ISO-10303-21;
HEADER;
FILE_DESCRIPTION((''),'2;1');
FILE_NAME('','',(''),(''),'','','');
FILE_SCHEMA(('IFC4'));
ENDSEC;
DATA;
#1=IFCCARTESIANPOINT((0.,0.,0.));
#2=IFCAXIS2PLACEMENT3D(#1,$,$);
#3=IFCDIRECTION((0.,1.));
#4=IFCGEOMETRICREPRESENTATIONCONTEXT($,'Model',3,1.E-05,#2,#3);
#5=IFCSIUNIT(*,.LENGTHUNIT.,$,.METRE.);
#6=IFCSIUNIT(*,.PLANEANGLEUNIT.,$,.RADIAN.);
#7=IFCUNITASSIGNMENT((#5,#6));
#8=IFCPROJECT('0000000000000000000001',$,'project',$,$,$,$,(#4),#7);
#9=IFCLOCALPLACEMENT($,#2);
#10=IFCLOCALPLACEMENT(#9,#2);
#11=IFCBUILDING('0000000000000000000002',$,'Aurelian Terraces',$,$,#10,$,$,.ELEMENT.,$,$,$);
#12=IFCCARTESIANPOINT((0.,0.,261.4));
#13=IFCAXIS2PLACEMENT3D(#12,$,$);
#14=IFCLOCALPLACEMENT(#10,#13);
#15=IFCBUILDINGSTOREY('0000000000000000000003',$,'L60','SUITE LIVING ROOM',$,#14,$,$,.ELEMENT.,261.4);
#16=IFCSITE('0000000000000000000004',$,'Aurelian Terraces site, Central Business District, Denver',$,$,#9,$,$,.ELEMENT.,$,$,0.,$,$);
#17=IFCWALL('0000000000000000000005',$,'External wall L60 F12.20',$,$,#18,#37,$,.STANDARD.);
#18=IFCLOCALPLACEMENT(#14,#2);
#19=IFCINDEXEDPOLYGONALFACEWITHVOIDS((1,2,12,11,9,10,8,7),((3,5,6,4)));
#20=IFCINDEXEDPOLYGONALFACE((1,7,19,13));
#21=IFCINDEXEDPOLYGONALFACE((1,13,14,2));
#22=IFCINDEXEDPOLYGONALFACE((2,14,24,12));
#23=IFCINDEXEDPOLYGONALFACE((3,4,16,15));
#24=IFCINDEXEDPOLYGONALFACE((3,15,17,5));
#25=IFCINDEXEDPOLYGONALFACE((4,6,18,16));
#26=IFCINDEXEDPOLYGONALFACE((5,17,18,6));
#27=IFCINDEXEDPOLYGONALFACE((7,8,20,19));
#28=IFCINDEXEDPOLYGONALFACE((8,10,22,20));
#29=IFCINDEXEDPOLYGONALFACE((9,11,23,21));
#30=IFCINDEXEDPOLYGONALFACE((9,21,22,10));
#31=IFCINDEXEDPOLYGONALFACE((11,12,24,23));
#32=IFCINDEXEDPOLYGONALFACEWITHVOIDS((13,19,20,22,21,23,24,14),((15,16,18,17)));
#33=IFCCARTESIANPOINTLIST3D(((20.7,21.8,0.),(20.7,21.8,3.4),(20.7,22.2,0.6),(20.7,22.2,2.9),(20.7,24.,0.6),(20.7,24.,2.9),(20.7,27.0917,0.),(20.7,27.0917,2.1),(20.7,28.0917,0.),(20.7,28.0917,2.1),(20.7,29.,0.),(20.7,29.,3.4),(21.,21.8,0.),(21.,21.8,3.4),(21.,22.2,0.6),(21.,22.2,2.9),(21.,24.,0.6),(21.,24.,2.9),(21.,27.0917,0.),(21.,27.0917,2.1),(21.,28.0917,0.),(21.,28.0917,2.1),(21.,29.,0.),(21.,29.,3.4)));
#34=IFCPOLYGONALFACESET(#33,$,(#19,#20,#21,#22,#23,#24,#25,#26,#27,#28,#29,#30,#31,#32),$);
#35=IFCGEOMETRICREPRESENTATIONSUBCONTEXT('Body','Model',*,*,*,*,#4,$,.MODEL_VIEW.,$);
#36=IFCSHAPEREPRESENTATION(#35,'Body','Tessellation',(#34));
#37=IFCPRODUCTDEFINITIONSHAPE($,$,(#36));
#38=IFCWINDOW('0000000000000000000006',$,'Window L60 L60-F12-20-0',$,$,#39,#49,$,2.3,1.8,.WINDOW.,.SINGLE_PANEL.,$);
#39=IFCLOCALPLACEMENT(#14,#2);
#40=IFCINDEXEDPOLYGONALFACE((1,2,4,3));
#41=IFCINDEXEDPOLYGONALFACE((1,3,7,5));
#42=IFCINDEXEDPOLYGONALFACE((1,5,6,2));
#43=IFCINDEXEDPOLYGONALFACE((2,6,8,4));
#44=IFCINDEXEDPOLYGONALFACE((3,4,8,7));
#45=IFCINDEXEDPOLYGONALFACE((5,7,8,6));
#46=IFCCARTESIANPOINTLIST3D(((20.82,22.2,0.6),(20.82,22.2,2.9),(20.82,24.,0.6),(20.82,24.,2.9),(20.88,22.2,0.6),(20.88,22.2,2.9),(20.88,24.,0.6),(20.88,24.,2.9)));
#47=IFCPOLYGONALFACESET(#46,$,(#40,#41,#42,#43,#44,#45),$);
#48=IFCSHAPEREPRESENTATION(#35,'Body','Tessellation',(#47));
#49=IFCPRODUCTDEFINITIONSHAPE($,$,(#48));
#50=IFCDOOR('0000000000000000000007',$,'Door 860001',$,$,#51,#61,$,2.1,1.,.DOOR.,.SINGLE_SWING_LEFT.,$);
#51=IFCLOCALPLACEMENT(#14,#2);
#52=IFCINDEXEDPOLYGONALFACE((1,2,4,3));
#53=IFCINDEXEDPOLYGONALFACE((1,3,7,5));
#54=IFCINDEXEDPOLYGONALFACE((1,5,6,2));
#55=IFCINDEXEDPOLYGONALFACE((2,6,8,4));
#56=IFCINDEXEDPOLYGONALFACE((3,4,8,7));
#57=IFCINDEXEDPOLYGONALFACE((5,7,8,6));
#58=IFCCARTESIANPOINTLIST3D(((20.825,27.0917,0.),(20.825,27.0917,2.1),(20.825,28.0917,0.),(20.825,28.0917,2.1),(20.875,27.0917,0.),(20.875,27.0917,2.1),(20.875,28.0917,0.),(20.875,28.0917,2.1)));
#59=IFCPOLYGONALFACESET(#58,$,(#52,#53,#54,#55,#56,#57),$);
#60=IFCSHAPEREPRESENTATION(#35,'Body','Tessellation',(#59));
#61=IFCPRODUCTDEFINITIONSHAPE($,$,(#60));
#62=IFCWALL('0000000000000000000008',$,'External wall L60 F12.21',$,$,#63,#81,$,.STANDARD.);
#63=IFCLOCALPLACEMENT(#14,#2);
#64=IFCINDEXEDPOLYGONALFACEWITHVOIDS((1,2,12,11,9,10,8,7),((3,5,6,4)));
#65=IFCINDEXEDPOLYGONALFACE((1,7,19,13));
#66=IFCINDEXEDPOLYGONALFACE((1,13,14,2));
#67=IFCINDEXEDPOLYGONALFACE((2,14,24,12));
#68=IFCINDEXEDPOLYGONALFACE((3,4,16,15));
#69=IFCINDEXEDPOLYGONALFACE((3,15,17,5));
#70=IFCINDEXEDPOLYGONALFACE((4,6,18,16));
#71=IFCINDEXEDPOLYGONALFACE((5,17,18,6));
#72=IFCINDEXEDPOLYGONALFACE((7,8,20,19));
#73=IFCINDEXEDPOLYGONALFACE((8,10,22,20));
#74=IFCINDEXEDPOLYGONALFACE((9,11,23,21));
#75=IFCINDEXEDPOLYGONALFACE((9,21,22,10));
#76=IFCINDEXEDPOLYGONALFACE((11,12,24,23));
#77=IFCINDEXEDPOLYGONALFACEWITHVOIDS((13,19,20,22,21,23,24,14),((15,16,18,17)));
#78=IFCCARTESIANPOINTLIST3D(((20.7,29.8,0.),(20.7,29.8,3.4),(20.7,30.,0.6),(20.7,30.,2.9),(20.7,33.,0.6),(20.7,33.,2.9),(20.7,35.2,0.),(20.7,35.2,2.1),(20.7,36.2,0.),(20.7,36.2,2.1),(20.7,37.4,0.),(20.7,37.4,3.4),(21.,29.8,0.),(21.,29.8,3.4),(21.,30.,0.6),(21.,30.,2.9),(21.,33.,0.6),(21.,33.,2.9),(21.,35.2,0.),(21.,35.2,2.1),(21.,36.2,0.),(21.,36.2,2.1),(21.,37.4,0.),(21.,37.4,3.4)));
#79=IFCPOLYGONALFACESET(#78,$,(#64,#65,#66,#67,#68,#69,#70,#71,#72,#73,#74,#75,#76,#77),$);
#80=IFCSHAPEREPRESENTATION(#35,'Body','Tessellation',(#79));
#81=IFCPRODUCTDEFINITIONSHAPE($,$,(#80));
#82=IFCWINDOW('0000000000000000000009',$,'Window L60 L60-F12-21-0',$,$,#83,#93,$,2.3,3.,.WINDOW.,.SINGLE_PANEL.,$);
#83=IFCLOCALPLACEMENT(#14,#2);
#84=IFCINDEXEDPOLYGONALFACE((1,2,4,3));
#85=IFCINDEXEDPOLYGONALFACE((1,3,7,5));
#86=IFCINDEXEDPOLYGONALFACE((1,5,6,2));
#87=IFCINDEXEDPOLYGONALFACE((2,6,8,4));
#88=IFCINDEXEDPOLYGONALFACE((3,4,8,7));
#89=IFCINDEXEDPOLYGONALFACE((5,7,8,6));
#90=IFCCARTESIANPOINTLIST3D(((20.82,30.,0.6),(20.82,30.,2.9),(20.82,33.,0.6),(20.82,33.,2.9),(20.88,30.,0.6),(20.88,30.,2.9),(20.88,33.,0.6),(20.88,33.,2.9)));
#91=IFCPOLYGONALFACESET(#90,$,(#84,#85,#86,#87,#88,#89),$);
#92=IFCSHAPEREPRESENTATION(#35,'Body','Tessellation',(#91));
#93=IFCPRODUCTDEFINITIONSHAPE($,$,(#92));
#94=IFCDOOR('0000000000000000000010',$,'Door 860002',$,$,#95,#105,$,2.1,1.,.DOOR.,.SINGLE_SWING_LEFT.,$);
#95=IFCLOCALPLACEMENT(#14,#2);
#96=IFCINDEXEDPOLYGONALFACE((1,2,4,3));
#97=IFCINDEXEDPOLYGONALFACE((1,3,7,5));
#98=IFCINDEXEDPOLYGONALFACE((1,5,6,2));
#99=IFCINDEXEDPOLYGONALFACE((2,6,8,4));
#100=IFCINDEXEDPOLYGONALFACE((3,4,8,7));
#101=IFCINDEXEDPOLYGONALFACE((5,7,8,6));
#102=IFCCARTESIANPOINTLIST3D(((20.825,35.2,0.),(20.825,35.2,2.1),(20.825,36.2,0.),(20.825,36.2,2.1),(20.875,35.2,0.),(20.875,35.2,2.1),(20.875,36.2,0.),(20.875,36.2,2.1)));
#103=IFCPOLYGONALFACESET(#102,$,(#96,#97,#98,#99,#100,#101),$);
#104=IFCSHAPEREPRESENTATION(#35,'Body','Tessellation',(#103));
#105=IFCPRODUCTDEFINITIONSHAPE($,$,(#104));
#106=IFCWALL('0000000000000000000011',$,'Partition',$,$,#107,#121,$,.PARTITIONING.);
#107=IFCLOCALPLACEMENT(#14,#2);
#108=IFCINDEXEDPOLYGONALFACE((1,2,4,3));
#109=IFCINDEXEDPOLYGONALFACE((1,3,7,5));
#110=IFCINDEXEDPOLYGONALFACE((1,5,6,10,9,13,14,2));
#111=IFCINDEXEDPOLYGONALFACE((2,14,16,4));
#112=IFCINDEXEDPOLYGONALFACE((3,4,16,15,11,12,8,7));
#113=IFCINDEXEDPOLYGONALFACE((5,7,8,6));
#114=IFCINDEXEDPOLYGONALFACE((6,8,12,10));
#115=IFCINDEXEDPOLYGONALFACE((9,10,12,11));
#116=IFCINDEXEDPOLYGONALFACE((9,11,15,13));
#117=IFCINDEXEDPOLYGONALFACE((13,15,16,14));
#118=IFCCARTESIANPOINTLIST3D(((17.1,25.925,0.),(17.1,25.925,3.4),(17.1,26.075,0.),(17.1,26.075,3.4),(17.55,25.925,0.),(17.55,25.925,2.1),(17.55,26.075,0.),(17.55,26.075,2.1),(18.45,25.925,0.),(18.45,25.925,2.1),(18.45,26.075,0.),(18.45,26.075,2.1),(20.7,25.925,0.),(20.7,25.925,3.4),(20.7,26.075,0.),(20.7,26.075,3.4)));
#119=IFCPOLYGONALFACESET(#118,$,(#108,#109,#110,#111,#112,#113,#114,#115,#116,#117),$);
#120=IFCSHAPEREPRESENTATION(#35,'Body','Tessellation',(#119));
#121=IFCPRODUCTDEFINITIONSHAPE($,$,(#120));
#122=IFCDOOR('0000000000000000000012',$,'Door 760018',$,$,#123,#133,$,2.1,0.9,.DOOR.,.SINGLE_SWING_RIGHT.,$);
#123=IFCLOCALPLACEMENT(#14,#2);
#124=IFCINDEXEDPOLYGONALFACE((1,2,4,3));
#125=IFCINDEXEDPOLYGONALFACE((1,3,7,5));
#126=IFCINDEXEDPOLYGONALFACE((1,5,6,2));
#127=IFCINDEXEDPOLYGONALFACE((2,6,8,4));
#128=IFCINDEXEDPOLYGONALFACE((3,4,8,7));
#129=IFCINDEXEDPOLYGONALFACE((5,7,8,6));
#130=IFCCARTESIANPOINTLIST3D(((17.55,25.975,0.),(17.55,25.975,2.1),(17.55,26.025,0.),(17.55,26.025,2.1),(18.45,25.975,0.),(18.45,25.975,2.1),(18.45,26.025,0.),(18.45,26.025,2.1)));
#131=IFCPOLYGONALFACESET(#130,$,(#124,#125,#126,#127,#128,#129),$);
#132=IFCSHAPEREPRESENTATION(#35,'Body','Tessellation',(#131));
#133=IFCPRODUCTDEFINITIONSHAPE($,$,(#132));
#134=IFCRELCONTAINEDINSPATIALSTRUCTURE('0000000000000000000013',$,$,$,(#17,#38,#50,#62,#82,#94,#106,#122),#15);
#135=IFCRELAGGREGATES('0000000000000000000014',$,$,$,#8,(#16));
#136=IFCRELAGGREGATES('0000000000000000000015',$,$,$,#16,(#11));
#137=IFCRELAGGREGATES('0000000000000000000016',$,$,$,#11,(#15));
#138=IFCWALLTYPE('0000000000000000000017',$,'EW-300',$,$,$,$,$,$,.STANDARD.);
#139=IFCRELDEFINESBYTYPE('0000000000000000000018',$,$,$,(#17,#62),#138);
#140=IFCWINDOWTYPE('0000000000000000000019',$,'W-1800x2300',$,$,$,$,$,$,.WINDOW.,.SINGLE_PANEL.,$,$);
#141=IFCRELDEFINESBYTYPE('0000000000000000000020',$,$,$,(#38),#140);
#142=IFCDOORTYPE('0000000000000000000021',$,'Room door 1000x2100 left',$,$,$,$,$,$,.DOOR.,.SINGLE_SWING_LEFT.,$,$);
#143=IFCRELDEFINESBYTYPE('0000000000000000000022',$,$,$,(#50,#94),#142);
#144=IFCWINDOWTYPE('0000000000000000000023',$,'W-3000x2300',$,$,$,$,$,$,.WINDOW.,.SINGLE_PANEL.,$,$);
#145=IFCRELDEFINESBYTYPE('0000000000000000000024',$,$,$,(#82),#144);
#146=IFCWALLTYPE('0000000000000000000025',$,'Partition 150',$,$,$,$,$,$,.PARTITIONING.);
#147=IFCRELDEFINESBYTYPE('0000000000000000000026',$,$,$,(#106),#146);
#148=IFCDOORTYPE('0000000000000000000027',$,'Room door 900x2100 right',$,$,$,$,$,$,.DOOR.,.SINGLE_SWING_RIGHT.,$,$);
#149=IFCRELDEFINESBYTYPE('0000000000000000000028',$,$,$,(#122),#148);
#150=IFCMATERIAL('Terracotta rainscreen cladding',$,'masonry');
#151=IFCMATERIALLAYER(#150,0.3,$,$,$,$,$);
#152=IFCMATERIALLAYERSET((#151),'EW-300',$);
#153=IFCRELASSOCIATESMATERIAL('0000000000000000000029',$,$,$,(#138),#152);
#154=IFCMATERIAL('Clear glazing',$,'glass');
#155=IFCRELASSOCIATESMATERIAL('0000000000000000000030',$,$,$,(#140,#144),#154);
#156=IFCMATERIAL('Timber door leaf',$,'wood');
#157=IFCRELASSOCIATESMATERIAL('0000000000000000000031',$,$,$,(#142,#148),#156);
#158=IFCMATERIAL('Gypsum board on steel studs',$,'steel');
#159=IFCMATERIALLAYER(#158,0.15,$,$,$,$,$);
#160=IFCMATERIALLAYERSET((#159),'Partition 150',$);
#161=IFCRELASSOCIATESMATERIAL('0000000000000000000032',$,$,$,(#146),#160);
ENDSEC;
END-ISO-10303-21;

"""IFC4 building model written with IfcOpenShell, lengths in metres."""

from ifc_helpers import new_model, si_unit, direction, frame, frame_2d, origin, place, context, subcontext, project, spatial, rectangle, extrude, source, transform, mapped, material, layer, layer_set, type_object, element, fill, save


model = new_model("IFC4")

# Units and contexts
model_context = context("Model", 3, precision=1e-05, world=origin(), true_north=direction((0.0, 1.0)))
body_context = subcontext(model_context, "Body", "Model", "MODEL_VIEW")
ifc_project = project(units=[si_unit("LENGTHUNIT", "METRE"), si_unit("PLANEANGLEUNIT", "RADIAN")], contexts=[model_context])

# Site, building, storey
site_placement = place(None, origin())
site = spatial("IfcSite", under=ifc_project, at=site_placement, Name="Aurelian Terraces site, Central Business District, Denver", CompositionType="ELEMENT", RefElevation=0.0)
building_placement = place(site_placement, origin())
building = spatial("IfcBuilding", under=site, at=building_placement, Name="Aurelian Terraces", CompositionType="ELEMENT")
storey_placement = place(building_placement, frame((0.0, 0.0, 261.4)))
storey = spatial("IfcBuildingStorey", under=building, at=storey_placement, Name="L60", Description="SUITE LIVING ROOM", CompositionType="ELEMENT", Elevation=261.4)

# Shared definitions
ifc_material_1 = material(Name="Clear glazing", Category="glass")

# Walls, openings, windows, doors
ifc_material_2 = material(Name="Terracotta rainscreen cladding", Category="masonry")
ifc_layer_1 = layer(ifc_material_2, 0.3)
ifc_layer_set_1 = layer_set([ifc_layer_1], Name="EW-300")
wall_type_1 = type_object("IfcWallType", Name="EW-300", PredefinedType="STANDARD", material=ifc_layer_set_1)
shared_shape_1 = source(origin(), body_context, "Body", "SweptSolid", [
    extrude(rectangle(XDim=7.2, YDim=0.3, at=frame_2d((3.6, 0.0))), origin(), (0.0, 0.0, 1.0), 3.4),
])
wall_1_placement = place(storey_placement, frame((20.85, 21.8, 0.0), z_axis=(0.0, 0.0, 1.0), x_axis=(0.0, 1.0, 0.0)))
wall_1 = element("IfcWall", 1, at=wall_1_placement, inside=storey, type_object=wall_type_1, Name="External wall L60 F12.20", PredefinedType="STANDARD", context=body_context, shape_type="MappedRepresentation", body=[
    mapped(shared_shape_1, transform((0.0, 0.0, 0.0), scale=1.0)),
])
shared_shape_2 = source(origin(), body_context, "Body", "SweptSolid", [
    extrude(rectangle(XDim=1.8, YDim=2.3, at=frame_2d((0.9, 1.15))), frame((0.0, 0.16, 0.0), z_axis=(0.0, -1.0, 0.0), x_axis=(1.0, 0.0, 0.0)), (0.0, 0.0, 1.0), 0.32),
])
opening_1_placement = place(wall_1_placement, frame((0.4, 0.0, 0.6)))
opening_1 = element("IfcOpeningElement", 2, at=opening_1_placement, cuts=wall_1, PredefinedType="OPENING", context=body_context, shape_type="MappedRepresentation", body=[
    mapped(shared_shape_2, transform((0.0, 0.0, 0.0), scale=1.0)),
])
shared_shape_3 = source(origin(), body_context, "Body", "SweptSolid", [
    extrude(rectangle(XDim=1.0, YDim=2.1, at=frame_2d((0.5, 1.05))), frame((0.0, 0.16, 0.0), z_axis=(0.0, -1.0, 0.0), x_axis=(1.0, 0.0, 0.0)), (0.0, 0.0, 1.0), 0.32),
])
opening_2_placement = place(wall_1_placement, frame((5.2917, 0.0, 0.0)))
opening_2 = element("IfcOpeningElement", 3, at=opening_2_placement, cuts=wall_1, PredefinedType="OPENING", context=body_context, shape_type="MappedRepresentation", body=[
    mapped(shared_shape_3, transform((0.0, 0.0, 0.0), scale=1.0)),
])
window_type_1 = type_object("IfcWindowType", Name="W-1800x2300", PartitioningType="SINGLE_PANEL", PredefinedType="WINDOW", material=ifc_material_1)
shared_shape_4 = source(origin(), body_context, "Body", "SweptSolid", [
    extrude(rectangle(XDim=1.8, YDim=2.3, at=frame_2d((0.9, 1.15))), frame((0.0, 0.03, 0.0), z_axis=(0.0, -1.0, 0.0), x_axis=(1.0, 0.0, 0.0)), (0.0, 0.0, 1.0), 0.06),
])
window_1_placement = place(opening_1_placement, origin())
window_1 = element("IfcWindow", 4, at=window_1_placement, inside=storey, type_object=window_type_1, Name="Window L60 L60-F12-20-0", OverallHeight=2.3, OverallWidth=1.8, PartitioningType="SINGLE_PANEL", PredefinedType="WINDOW", context=body_context, shape_type="MappedRepresentation", body=[
    mapped(shared_shape_4, transform((0.0, 0.0, 0.0), scale=1.0)),
])
fill(opening_1, window_1)
ifc_material_3 = material(Name="Timber door leaf", Category="wood")
door_type_1 = type_object("IfcDoorType", Name="Room door 1000x2100 left", OperationType="SINGLE_SWING_LEFT", PredefinedType="DOOR", material=ifc_material_3)
shared_shape_5 = source(origin(), body_context, "Body", "SweptSolid", [
    extrude(rectangle(XDim=1.0, YDim=2.1, at=frame_2d((0.5, 1.05))), frame((0.0, 0.025, 0.0), z_axis=(0.0, -1.0, 0.0), x_axis=(1.0, 0.0, 0.0)), (0.0, 0.0, 1.0), 0.05),
])
door_1_placement = place(opening_2_placement, origin())
door_1 = element("IfcDoor", 5, at=door_1_placement, inside=storey, type_object=door_type_1, Name="Door 860001", OperationType="SINGLE_SWING_LEFT", OverallHeight=2.1, OverallWidth=1.0, PredefinedType="DOOR", context=body_context, shape_type="MappedRepresentation", body=[
    mapped(shared_shape_5, transform((0.0, 0.0, 0.0), scale=1.0)),
])
fill(opening_2, door_1)
shared_shape_6 = source(origin(), body_context, "Body", "SweptSolid", [
    extrude(rectangle(XDim=7.6, YDim=0.3, at=frame_2d((3.8, 0.0))), origin(), (0.0, 0.0, 1.0), 3.4),
])
wall_2_placement = place(storey_placement, frame((20.85, 29.8, 0.0), z_axis=(0.0, 0.0, 1.0), x_axis=(0.0, 1.0, 0.0)))
wall_2 = element("IfcWall", 6, at=wall_2_placement, inside=storey, type_object=wall_type_1, Name="External wall L60 F12.21", PredefinedType="STANDARD", context=body_context, shape_type="MappedRepresentation", body=[
    mapped(shared_shape_6, transform((0.0, 0.0, 0.0), scale=1.0)),
])
shared_shape_7 = source(origin(), body_context, "Body", "SweptSolid", [
    extrude(rectangle(XDim=3.0, YDim=2.3, at=frame_2d((1.5, 1.15))), frame((0.0, 0.16, 0.0), z_axis=(0.0, -1.0, 0.0), x_axis=(1.0, 0.0, 0.0)), (0.0, 0.0, 1.0), 0.32),
])
opening_3_placement = place(wall_2_placement, frame((0.2, 0.0, 0.6)))
opening_3 = element("IfcOpeningElement", 7, at=opening_3_placement, cuts=wall_2, PredefinedType="OPENING", context=body_context, shape_type="MappedRepresentation", body=[
    mapped(shared_shape_7, transform((0.0, 0.0, 0.0), scale=1.0)),
])
opening_4_placement = place(wall_2_placement, frame((5.4, 0.0, 0.0)))
opening_4 = element("IfcOpeningElement", 8, at=opening_4_placement, cuts=wall_2, PredefinedType="OPENING", context=body_context, shape_type="MappedRepresentation", body=[
    mapped(shared_shape_3, transform((0.0, 0.0, 0.0), scale=1.0)),
])
window_type_2 = type_object("IfcWindowType", Name="W-3000x2300", PartitioningType="SINGLE_PANEL", PredefinedType="WINDOW", material=ifc_material_1)
shared_shape_8 = source(origin(), body_context, "Body", "SweptSolid", [
    extrude(rectangle(XDim=3.0, YDim=2.3, at=frame_2d((1.5, 1.15))), frame((0.0, 0.03, 0.0), z_axis=(0.0, -1.0, 0.0), x_axis=(1.0, 0.0, 0.0)), (0.0, 0.0, 1.0), 0.06),
])
window_2_placement = place(opening_3_placement, origin())
window_2 = element("IfcWindow", 9, at=window_2_placement, inside=storey, type_object=window_type_2, Name="Window L60 L60-F12-21-0", OverallHeight=2.3, OverallWidth=3.0, PartitioningType="SINGLE_PANEL", PredefinedType="WINDOW", context=body_context, shape_type="MappedRepresentation", body=[
    mapped(shared_shape_8, transform((0.0, 0.0, 0.0), scale=1.0)),
])
fill(opening_3, window_2)
door_2_placement = place(opening_4_placement, origin())
door_2 = element("IfcDoor", 10, at=door_2_placement, inside=storey, type_object=door_type_1, Name="Door 860002", OperationType="SINGLE_SWING_LEFT", OverallHeight=2.1, OverallWidth=1.0, PredefinedType="DOOR", context=body_context, shape_type="MappedRepresentation", body=[
    mapped(shared_shape_5, transform((0.0, 0.0, 0.0), scale=1.0)),
])
fill(opening_4, door_2)

# Wall, opening, door
ifc_material_4 = material(Name="Gypsum board on steel studs", Category="steel")
ifc_layer_2 = layer(ifc_material_4, 0.15)
ifc_layer_set_2 = layer_set([ifc_layer_2], Name="Partition 150")
wall_type_2 = type_object("IfcWallType", Name="Partition 150", PredefinedType="PARTITIONING", material=ifc_layer_set_2)
shared_shape_9 = source(origin(), body_context, "Body", "SweptSolid", [
    extrude(rectangle(XDim=3.6, YDim=0.15, at=frame_2d((1.8, 0.0))), origin(), (0.0, 0.0, 1.0), 3.4),
])
wall_3_placement = place(storey_placement, frame((17.1, 26.0, 0.0), z_axis=(0.0, 0.0, 1.0), x_axis=(1.0, 0.0, 0.0)))
wall_3 = element("IfcWall", 11, at=wall_3_placement, inside=storey, type_object=wall_type_2, Name="Partition", PredefinedType="PARTITIONING", context=body_context, shape_type="MappedRepresentation", body=[
    mapped(shared_shape_9, transform((0.0, 0.0, 0.0), scale=1.0)),
])
shared_shape_10 = source(origin(), body_context, "Body", "SweptSolid", [
    extrude(rectangle(XDim=0.9, YDim=2.1, at=frame_2d((0.45, 1.05))), frame((0.0, 0.085, 0.0), z_axis=(0.0, -1.0, 0.0), x_axis=(1.0, 0.0, 0.0)), (0.0, 0.0, 1.0), 0.17),
])
opening_5_placement = place(wall_3_placement, frame((0.45, 0.0, 0.0)))
opening_5 = element("IfcOpeningElement", 12, at=opening_5_placement, cuts=wall_3, PredefinedType="OPENING", context=body_context, shape_type="MappedRepresentation", body=[
    mapped(shared_shape_10, transform((0.0, 0.0, 0.0), scale=1.0)),
])
door_type_2 = type_object("IfcDoorType", Name="Room door 900x2100 right", OperationType="SINGLE_SWING_RIGHT", PredefinedType="DOOR", material=ifc_material_3)
shared_shape_11 = source(origin(), body_context, "Body", "SweptSolid", [
    extrude(rectangle(XDim=0.9, YDim=2.1, at=frame_2d((0.45, 1.05))), frame((0.0, 0.025, 0.0), z_axis=(0.0, -1.0, 0.0), x_axis=(1.0, 0.0, 0.0)), (0.0, 0.0, 1.0), 0.05),
])
door_3_placement = place(opening_5_placement, origin())
door_3 = element("IfcDoor", 13, at=door_3_placement, inside=storey, type_object=door_type_2, Name="Door 760018", OperationType="SINGLE_SWING_RIGHT", OverallHeight=2.1, OverallWidth=0.9, PredefinedType="DOOR", context=body_context, shape_type="MappedRepresentation", body=[
    mapped(shared_shape_11, transform((0.0, 0.0, 0.0), scale=1.0)),
])
fill(opening_5, door_3)

save(model, "model.ifc")
